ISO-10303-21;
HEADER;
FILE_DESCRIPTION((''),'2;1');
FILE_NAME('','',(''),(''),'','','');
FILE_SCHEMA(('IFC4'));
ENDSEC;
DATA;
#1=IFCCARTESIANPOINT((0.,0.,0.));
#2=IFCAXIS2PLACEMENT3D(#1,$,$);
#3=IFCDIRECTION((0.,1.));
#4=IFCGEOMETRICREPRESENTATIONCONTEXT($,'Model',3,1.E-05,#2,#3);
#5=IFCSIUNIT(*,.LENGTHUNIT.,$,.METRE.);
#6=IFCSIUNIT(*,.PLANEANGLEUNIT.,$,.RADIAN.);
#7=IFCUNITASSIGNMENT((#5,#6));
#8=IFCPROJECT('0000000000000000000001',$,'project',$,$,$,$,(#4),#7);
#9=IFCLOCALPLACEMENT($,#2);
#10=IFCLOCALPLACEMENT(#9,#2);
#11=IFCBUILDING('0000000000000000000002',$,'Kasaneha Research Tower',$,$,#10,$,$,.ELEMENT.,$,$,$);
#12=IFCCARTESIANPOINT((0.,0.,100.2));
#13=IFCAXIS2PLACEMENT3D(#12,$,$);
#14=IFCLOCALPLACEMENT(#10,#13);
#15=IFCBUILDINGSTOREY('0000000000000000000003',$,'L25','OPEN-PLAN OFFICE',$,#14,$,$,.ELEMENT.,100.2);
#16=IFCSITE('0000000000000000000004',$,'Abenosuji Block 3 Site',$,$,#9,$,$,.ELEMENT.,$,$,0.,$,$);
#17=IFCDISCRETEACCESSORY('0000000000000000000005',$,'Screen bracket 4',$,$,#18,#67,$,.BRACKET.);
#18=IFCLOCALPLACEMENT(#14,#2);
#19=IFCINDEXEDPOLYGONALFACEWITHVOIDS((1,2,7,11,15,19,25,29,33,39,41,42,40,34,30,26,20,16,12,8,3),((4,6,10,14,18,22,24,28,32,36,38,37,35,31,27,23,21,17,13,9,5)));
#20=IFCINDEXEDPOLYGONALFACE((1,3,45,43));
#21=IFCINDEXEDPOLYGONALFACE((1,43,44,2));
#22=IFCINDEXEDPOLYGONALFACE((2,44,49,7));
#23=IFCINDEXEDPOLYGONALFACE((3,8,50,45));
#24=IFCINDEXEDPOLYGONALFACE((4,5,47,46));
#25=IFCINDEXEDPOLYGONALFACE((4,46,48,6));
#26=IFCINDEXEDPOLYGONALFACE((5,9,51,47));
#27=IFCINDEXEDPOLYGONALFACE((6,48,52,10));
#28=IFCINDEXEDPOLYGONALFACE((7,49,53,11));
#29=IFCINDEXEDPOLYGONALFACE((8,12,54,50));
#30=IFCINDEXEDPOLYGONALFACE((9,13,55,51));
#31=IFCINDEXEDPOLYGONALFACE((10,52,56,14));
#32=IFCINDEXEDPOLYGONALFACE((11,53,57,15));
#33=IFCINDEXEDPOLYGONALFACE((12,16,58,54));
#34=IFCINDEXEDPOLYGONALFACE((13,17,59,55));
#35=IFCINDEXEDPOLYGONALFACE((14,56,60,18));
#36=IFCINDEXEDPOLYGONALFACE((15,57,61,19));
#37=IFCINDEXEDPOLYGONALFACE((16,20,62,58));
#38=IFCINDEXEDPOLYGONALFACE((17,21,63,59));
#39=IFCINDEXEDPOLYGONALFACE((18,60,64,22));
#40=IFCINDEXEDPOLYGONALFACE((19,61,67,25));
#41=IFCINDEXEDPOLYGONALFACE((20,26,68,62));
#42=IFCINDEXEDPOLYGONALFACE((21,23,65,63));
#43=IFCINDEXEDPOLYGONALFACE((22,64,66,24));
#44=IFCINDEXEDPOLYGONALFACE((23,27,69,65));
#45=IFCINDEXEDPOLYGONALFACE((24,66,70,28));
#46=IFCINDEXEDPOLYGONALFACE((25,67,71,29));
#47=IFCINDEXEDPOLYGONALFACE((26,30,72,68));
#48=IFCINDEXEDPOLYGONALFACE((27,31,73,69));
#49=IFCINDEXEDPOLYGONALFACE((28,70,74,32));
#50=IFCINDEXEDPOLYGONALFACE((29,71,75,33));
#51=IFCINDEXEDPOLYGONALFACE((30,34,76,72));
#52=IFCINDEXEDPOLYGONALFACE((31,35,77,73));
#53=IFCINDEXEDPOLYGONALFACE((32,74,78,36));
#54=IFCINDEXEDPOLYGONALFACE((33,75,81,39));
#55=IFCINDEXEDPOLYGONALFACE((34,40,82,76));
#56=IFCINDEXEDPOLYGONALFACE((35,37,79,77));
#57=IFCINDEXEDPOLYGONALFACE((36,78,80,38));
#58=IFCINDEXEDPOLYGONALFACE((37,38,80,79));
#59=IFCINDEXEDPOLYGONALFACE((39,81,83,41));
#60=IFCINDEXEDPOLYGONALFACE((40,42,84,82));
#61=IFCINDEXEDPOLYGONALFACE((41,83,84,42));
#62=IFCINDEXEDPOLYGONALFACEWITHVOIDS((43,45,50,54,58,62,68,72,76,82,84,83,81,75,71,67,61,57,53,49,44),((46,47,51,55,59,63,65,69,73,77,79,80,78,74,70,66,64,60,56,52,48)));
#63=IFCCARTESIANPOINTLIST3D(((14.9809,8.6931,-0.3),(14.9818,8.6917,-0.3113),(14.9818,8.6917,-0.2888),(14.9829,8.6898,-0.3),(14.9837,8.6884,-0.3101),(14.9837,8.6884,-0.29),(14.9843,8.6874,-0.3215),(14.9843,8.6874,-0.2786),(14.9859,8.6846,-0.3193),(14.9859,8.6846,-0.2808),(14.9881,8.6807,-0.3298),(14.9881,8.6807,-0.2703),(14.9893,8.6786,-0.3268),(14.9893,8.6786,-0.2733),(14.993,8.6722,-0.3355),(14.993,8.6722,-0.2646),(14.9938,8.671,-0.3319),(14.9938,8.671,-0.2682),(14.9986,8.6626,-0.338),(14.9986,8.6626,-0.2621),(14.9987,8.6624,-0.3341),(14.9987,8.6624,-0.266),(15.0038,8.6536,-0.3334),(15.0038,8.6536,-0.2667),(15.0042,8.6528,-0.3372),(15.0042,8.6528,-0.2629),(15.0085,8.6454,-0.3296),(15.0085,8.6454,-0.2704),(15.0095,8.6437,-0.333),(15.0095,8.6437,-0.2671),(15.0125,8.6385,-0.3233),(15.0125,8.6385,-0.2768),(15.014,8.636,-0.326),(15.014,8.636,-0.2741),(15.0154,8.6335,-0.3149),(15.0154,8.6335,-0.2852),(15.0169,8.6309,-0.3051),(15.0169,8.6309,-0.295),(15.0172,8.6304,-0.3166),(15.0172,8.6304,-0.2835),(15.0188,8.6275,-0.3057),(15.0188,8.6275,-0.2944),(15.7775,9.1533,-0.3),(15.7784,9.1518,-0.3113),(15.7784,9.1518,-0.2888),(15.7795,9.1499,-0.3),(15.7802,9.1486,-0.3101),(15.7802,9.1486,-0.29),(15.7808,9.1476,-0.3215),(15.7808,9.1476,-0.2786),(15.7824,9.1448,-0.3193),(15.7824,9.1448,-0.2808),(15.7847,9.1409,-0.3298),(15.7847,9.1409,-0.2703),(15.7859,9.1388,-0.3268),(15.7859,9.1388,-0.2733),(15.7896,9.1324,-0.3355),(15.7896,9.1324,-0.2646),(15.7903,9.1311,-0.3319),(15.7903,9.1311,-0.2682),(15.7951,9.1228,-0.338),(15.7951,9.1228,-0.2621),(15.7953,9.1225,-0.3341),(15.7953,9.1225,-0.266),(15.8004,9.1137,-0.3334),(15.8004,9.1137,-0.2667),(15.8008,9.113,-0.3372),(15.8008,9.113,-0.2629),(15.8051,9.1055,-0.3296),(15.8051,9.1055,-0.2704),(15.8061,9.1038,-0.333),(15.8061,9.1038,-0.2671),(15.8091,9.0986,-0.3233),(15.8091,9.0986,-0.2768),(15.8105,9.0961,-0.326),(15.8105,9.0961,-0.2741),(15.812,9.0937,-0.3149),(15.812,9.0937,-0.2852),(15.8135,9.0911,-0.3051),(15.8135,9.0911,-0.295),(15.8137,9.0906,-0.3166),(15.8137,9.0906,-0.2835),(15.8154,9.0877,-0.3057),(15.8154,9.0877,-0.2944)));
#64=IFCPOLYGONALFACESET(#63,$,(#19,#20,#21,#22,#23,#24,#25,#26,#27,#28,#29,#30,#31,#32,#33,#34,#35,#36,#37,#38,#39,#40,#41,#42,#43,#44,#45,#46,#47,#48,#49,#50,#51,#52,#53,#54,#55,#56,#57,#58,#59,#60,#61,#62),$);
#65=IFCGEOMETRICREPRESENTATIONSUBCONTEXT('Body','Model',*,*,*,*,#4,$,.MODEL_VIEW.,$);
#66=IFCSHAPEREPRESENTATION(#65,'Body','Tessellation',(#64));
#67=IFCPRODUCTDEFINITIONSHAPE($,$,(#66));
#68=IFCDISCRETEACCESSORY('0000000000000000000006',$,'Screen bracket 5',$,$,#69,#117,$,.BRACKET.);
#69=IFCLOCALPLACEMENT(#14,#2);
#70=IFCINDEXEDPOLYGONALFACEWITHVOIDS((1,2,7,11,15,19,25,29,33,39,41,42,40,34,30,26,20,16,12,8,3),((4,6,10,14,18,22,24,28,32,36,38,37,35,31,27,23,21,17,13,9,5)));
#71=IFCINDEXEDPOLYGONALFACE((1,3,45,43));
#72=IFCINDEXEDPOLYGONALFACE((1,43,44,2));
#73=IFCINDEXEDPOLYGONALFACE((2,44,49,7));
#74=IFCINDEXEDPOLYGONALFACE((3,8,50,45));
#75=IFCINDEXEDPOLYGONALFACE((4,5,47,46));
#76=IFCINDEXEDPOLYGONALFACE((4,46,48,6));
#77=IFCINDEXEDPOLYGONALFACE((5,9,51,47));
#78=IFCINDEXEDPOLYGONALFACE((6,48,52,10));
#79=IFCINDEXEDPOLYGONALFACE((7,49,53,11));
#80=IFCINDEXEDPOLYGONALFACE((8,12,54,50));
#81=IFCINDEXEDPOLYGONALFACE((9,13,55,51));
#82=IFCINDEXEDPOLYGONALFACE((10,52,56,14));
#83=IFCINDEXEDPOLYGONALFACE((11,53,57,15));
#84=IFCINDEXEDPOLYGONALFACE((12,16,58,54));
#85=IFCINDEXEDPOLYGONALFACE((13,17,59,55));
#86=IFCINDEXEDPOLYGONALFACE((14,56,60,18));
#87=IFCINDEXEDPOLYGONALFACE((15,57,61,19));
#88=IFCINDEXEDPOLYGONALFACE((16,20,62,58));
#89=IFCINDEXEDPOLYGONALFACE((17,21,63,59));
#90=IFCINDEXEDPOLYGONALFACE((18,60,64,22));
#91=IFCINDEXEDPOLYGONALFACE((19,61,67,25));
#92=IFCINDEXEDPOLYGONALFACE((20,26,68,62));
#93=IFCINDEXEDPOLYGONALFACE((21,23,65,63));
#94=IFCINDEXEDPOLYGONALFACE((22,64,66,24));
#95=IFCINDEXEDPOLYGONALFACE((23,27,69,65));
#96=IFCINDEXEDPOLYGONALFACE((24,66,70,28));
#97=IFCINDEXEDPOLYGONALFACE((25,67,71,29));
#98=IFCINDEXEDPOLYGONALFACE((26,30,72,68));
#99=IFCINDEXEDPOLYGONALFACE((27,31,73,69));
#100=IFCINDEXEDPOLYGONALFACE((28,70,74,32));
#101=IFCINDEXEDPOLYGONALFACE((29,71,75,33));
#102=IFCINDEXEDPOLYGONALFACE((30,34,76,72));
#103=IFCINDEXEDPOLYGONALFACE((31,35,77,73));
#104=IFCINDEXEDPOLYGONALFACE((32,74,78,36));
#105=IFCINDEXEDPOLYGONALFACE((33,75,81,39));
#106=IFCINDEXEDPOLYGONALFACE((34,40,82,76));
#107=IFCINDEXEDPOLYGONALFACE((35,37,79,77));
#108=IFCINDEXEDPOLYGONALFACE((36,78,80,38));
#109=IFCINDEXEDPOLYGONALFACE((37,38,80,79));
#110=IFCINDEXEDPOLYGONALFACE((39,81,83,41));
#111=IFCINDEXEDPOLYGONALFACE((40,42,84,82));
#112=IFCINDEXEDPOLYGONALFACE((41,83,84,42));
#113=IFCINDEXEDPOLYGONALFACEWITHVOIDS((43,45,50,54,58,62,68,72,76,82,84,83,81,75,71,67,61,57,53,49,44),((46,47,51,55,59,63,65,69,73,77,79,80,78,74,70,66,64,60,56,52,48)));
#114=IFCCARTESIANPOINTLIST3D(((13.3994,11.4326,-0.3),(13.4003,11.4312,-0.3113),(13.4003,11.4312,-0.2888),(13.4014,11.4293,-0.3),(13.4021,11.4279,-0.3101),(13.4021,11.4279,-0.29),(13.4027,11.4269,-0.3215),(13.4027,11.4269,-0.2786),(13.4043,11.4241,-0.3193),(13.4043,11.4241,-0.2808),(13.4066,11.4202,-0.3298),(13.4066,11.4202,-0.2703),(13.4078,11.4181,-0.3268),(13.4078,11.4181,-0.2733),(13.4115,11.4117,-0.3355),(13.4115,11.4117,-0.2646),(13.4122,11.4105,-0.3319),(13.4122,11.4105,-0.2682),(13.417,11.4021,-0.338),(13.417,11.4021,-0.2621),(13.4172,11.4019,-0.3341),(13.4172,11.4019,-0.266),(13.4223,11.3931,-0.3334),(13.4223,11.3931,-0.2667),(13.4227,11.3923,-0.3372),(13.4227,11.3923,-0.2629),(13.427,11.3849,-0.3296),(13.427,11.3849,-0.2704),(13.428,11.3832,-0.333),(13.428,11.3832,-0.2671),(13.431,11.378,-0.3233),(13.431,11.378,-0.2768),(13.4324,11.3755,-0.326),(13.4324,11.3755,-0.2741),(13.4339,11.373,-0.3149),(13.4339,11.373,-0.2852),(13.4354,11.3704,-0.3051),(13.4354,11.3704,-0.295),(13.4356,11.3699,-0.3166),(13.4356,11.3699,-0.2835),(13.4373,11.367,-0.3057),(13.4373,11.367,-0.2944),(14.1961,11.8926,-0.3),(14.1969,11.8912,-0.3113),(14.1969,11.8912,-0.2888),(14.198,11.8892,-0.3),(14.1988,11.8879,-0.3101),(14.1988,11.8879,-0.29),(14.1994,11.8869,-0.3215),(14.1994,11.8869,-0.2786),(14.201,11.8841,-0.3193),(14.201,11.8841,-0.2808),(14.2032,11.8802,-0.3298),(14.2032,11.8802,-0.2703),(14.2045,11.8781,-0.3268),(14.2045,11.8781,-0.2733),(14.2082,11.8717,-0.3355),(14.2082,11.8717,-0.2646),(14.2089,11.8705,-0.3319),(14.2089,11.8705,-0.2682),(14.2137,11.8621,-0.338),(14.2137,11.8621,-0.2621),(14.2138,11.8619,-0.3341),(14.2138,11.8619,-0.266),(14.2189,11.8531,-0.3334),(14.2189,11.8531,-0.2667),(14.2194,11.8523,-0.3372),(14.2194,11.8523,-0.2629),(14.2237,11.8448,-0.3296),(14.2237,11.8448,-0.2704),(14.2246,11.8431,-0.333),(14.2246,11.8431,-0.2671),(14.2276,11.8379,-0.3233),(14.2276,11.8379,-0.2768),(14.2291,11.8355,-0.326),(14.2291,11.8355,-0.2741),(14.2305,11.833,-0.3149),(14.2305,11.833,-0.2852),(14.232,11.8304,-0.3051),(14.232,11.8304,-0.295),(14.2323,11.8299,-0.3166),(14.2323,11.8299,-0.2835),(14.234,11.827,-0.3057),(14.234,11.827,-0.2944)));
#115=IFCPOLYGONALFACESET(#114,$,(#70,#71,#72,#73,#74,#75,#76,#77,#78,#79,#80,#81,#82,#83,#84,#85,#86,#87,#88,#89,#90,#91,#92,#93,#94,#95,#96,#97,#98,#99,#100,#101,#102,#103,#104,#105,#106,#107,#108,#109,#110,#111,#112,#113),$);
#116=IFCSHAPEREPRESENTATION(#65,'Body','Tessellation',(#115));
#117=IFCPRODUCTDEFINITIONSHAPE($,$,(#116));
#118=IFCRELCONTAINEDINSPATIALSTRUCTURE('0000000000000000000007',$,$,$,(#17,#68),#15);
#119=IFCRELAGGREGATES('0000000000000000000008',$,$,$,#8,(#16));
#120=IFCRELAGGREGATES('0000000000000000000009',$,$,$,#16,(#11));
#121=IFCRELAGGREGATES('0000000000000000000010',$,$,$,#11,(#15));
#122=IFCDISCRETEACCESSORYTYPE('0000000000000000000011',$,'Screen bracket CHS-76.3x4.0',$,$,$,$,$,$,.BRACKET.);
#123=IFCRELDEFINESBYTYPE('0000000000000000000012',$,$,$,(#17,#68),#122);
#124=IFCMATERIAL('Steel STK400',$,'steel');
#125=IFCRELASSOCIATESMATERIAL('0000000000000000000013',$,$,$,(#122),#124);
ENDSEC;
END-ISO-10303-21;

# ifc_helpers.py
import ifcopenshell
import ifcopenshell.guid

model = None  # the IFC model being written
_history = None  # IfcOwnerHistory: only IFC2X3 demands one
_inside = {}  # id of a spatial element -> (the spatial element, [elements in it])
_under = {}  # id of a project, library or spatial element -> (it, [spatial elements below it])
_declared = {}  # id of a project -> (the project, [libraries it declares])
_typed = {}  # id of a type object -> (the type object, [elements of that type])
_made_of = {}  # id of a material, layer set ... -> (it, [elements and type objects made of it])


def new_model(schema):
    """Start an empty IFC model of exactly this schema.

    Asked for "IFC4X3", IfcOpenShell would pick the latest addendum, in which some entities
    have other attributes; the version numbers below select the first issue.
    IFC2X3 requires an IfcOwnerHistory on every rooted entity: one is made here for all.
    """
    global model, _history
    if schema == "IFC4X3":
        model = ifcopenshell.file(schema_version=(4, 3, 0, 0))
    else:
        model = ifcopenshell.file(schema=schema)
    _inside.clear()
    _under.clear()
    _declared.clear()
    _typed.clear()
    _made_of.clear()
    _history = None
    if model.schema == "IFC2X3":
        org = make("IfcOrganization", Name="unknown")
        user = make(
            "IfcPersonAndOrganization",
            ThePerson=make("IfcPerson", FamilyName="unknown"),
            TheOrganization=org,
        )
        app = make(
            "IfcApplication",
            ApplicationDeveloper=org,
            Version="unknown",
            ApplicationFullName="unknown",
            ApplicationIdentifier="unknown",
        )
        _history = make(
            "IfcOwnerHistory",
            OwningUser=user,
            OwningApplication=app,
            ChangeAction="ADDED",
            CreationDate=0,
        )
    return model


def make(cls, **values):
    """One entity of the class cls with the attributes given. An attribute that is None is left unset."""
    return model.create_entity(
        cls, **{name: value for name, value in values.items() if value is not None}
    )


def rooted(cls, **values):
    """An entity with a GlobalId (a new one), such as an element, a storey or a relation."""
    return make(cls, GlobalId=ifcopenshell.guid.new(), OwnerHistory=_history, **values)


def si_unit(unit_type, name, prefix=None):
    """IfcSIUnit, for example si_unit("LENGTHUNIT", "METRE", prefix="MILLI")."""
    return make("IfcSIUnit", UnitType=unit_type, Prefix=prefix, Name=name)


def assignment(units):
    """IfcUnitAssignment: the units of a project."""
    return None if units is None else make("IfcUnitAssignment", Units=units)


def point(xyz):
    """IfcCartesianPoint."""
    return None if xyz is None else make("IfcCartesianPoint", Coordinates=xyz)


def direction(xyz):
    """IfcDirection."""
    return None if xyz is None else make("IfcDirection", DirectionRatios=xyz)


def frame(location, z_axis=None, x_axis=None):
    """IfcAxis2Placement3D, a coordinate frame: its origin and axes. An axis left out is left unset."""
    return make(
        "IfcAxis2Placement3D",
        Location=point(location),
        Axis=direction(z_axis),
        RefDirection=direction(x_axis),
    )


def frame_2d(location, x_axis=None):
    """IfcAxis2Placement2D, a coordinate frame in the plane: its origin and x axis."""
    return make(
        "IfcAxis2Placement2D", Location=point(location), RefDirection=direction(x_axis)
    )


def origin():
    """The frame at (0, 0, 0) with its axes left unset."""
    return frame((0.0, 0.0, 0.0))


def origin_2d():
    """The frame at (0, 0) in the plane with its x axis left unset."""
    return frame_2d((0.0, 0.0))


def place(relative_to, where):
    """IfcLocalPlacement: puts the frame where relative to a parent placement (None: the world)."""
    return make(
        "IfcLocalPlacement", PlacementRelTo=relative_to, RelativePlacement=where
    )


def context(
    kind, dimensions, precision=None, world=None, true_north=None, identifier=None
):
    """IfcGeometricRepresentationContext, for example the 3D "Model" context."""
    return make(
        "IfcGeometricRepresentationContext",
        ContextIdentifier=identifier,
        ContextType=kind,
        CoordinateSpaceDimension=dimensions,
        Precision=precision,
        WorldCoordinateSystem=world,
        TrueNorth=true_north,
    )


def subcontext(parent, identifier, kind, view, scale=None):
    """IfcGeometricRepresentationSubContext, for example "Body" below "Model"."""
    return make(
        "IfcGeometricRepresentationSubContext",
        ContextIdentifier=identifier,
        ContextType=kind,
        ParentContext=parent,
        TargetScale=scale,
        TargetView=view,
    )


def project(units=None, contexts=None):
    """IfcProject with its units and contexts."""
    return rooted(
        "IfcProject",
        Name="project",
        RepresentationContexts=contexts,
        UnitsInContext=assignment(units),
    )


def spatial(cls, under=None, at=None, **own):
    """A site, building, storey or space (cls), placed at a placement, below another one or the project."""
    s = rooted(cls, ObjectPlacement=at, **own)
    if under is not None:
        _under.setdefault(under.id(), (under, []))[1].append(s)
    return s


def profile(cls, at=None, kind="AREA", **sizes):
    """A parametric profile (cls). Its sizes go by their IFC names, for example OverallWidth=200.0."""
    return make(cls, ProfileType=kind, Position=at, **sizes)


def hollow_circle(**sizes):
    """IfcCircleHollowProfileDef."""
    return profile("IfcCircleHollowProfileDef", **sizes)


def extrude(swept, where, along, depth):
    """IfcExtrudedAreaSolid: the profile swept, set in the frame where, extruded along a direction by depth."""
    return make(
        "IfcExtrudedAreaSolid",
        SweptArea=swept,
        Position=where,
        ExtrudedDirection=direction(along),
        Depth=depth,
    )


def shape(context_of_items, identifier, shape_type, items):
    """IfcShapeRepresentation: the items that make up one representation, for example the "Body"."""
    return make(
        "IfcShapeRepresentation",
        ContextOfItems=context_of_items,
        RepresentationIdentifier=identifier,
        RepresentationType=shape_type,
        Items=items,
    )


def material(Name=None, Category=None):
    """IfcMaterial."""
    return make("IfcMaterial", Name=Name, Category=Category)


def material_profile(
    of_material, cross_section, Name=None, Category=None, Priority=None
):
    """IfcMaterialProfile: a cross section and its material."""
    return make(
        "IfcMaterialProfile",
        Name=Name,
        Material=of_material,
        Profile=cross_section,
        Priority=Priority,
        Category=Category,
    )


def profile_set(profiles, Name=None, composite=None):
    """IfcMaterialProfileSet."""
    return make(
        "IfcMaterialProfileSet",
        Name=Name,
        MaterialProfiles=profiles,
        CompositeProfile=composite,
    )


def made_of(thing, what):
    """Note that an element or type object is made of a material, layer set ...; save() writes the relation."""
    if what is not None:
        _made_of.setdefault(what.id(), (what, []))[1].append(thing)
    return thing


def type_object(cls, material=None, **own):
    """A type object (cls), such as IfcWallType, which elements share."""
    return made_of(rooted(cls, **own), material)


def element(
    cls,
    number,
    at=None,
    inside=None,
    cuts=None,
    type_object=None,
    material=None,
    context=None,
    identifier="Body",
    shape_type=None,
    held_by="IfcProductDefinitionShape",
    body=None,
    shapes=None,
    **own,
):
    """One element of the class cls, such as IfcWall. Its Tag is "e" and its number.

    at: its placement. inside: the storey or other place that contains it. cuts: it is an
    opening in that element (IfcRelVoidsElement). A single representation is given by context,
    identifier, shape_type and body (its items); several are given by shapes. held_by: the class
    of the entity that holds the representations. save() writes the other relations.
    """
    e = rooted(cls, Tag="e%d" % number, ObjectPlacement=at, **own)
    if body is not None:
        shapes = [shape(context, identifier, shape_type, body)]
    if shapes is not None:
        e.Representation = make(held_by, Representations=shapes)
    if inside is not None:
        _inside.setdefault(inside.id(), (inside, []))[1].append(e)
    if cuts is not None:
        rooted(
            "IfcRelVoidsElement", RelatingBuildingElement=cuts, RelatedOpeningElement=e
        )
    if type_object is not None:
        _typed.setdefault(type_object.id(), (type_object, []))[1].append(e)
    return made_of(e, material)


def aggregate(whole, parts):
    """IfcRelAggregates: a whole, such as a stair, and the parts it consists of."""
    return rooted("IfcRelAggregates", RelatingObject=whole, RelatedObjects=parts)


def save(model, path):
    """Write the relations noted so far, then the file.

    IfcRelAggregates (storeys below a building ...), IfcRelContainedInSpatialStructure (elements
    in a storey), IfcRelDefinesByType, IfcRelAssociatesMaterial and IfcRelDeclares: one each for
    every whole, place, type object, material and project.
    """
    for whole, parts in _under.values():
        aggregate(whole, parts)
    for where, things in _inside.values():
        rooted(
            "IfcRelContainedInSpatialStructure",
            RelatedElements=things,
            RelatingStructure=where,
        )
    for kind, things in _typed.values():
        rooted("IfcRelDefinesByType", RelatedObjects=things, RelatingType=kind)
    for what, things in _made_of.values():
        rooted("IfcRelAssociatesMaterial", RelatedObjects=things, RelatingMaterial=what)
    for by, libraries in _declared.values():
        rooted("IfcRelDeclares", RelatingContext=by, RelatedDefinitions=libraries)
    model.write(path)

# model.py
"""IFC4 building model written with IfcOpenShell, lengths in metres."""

from ifc_helpers import new_model, si_unit, direction, frame, origin, origin_2d, place, context, subcontext, project, spatial, hollow_circle, extrude, material, material_profile, profile_set, type_object, element, save


model = new_model("IFC4")

# Units and contexts
model_context = context("Model", 3, precision=1e-05, world=origin(), true_north=direction((0.0, 1.0)))
body_context = subcontext(model_context, "Body", "Model", "MODEL_VIEW")
ifc_project = project(units=[si_unit("LENGTHUNIT", "METRE"), si_unit("PLANEANGLEUNIT", "RADIAN")], contexts=[model_context])

# Site, building, storey
site_placement = place(None, origin())
site = spatial("IfcSite", under=ifc_project, at=site_placement, Name="Abenosuji Block 3 Site", CompositionType="ELEMENT", RefElevation=0.0)
building_placement = place(site_placement, origin())
building = spatial("IfcBuilding", under=site, at=building_placement, Name="Kasaneha Research Tower", CompositionType="ELEMENT")
storey_placement = place(building_placement, frame((0.0, 0.0, 100.2)))
storey = spatial("IfcBuildingStorey", under=building, at=storey_placement, Name="L25", Description="OPEN-PLAN OFFICE", CompositionType="ELEMENT", Elevation=100.2)

# Discrete accessories
ifc_material_1 = material(Name="Steel STK400", Category="steel")
ifc_material_profile_1 = material_profile(ifc_material_1, hollow_circle(Radius=0.0381, WallThickness=0.0039, at=origin_2d()), Name="CHS-76.3x4.0")
ifc_profile_set_1 = profile_set([ifc_material_profile_1], Name="Steel STK400")
discrete_accessory_type = type_object("IfcDiscreteAccessoryType", Name="Screen bracket CHS-76.3x4.0", PredefinedType="BRACKET", material=ifc_profile_set_1)
for number, where, z_axis, x_axis, name in (
    (1, (15.0, 8.6602, -0.3), (0.865898, 0.50022, 0.0), (-0.50022, 0.865898, 0.0), "Screen bracket 4"),
    (2, (13.4185, 11.3997, -0.3), (0.866013, 0.500021, 0.0), (-0.500021, 0.866013, 0.0), "Screen bracket 5"),
):
    element("IfcDiscreteAccessory", number, at=place(storey_placement, frame(where, z_axis=z_axis, x_axis=x_axis)), inside=storey, type_object=discrete_accessory_type, Name=name, PredefinedType="BRACKET", context=body_context, shape_type="SweptSolid", body=[
        extrude(hollow_circle(Radius=0.0381, WallThickness=0.0039, at=origin_2d()), origin(), (0.0, 0.0, 1.0), 0.9199),
    ])

save(model, "model.ifc")
